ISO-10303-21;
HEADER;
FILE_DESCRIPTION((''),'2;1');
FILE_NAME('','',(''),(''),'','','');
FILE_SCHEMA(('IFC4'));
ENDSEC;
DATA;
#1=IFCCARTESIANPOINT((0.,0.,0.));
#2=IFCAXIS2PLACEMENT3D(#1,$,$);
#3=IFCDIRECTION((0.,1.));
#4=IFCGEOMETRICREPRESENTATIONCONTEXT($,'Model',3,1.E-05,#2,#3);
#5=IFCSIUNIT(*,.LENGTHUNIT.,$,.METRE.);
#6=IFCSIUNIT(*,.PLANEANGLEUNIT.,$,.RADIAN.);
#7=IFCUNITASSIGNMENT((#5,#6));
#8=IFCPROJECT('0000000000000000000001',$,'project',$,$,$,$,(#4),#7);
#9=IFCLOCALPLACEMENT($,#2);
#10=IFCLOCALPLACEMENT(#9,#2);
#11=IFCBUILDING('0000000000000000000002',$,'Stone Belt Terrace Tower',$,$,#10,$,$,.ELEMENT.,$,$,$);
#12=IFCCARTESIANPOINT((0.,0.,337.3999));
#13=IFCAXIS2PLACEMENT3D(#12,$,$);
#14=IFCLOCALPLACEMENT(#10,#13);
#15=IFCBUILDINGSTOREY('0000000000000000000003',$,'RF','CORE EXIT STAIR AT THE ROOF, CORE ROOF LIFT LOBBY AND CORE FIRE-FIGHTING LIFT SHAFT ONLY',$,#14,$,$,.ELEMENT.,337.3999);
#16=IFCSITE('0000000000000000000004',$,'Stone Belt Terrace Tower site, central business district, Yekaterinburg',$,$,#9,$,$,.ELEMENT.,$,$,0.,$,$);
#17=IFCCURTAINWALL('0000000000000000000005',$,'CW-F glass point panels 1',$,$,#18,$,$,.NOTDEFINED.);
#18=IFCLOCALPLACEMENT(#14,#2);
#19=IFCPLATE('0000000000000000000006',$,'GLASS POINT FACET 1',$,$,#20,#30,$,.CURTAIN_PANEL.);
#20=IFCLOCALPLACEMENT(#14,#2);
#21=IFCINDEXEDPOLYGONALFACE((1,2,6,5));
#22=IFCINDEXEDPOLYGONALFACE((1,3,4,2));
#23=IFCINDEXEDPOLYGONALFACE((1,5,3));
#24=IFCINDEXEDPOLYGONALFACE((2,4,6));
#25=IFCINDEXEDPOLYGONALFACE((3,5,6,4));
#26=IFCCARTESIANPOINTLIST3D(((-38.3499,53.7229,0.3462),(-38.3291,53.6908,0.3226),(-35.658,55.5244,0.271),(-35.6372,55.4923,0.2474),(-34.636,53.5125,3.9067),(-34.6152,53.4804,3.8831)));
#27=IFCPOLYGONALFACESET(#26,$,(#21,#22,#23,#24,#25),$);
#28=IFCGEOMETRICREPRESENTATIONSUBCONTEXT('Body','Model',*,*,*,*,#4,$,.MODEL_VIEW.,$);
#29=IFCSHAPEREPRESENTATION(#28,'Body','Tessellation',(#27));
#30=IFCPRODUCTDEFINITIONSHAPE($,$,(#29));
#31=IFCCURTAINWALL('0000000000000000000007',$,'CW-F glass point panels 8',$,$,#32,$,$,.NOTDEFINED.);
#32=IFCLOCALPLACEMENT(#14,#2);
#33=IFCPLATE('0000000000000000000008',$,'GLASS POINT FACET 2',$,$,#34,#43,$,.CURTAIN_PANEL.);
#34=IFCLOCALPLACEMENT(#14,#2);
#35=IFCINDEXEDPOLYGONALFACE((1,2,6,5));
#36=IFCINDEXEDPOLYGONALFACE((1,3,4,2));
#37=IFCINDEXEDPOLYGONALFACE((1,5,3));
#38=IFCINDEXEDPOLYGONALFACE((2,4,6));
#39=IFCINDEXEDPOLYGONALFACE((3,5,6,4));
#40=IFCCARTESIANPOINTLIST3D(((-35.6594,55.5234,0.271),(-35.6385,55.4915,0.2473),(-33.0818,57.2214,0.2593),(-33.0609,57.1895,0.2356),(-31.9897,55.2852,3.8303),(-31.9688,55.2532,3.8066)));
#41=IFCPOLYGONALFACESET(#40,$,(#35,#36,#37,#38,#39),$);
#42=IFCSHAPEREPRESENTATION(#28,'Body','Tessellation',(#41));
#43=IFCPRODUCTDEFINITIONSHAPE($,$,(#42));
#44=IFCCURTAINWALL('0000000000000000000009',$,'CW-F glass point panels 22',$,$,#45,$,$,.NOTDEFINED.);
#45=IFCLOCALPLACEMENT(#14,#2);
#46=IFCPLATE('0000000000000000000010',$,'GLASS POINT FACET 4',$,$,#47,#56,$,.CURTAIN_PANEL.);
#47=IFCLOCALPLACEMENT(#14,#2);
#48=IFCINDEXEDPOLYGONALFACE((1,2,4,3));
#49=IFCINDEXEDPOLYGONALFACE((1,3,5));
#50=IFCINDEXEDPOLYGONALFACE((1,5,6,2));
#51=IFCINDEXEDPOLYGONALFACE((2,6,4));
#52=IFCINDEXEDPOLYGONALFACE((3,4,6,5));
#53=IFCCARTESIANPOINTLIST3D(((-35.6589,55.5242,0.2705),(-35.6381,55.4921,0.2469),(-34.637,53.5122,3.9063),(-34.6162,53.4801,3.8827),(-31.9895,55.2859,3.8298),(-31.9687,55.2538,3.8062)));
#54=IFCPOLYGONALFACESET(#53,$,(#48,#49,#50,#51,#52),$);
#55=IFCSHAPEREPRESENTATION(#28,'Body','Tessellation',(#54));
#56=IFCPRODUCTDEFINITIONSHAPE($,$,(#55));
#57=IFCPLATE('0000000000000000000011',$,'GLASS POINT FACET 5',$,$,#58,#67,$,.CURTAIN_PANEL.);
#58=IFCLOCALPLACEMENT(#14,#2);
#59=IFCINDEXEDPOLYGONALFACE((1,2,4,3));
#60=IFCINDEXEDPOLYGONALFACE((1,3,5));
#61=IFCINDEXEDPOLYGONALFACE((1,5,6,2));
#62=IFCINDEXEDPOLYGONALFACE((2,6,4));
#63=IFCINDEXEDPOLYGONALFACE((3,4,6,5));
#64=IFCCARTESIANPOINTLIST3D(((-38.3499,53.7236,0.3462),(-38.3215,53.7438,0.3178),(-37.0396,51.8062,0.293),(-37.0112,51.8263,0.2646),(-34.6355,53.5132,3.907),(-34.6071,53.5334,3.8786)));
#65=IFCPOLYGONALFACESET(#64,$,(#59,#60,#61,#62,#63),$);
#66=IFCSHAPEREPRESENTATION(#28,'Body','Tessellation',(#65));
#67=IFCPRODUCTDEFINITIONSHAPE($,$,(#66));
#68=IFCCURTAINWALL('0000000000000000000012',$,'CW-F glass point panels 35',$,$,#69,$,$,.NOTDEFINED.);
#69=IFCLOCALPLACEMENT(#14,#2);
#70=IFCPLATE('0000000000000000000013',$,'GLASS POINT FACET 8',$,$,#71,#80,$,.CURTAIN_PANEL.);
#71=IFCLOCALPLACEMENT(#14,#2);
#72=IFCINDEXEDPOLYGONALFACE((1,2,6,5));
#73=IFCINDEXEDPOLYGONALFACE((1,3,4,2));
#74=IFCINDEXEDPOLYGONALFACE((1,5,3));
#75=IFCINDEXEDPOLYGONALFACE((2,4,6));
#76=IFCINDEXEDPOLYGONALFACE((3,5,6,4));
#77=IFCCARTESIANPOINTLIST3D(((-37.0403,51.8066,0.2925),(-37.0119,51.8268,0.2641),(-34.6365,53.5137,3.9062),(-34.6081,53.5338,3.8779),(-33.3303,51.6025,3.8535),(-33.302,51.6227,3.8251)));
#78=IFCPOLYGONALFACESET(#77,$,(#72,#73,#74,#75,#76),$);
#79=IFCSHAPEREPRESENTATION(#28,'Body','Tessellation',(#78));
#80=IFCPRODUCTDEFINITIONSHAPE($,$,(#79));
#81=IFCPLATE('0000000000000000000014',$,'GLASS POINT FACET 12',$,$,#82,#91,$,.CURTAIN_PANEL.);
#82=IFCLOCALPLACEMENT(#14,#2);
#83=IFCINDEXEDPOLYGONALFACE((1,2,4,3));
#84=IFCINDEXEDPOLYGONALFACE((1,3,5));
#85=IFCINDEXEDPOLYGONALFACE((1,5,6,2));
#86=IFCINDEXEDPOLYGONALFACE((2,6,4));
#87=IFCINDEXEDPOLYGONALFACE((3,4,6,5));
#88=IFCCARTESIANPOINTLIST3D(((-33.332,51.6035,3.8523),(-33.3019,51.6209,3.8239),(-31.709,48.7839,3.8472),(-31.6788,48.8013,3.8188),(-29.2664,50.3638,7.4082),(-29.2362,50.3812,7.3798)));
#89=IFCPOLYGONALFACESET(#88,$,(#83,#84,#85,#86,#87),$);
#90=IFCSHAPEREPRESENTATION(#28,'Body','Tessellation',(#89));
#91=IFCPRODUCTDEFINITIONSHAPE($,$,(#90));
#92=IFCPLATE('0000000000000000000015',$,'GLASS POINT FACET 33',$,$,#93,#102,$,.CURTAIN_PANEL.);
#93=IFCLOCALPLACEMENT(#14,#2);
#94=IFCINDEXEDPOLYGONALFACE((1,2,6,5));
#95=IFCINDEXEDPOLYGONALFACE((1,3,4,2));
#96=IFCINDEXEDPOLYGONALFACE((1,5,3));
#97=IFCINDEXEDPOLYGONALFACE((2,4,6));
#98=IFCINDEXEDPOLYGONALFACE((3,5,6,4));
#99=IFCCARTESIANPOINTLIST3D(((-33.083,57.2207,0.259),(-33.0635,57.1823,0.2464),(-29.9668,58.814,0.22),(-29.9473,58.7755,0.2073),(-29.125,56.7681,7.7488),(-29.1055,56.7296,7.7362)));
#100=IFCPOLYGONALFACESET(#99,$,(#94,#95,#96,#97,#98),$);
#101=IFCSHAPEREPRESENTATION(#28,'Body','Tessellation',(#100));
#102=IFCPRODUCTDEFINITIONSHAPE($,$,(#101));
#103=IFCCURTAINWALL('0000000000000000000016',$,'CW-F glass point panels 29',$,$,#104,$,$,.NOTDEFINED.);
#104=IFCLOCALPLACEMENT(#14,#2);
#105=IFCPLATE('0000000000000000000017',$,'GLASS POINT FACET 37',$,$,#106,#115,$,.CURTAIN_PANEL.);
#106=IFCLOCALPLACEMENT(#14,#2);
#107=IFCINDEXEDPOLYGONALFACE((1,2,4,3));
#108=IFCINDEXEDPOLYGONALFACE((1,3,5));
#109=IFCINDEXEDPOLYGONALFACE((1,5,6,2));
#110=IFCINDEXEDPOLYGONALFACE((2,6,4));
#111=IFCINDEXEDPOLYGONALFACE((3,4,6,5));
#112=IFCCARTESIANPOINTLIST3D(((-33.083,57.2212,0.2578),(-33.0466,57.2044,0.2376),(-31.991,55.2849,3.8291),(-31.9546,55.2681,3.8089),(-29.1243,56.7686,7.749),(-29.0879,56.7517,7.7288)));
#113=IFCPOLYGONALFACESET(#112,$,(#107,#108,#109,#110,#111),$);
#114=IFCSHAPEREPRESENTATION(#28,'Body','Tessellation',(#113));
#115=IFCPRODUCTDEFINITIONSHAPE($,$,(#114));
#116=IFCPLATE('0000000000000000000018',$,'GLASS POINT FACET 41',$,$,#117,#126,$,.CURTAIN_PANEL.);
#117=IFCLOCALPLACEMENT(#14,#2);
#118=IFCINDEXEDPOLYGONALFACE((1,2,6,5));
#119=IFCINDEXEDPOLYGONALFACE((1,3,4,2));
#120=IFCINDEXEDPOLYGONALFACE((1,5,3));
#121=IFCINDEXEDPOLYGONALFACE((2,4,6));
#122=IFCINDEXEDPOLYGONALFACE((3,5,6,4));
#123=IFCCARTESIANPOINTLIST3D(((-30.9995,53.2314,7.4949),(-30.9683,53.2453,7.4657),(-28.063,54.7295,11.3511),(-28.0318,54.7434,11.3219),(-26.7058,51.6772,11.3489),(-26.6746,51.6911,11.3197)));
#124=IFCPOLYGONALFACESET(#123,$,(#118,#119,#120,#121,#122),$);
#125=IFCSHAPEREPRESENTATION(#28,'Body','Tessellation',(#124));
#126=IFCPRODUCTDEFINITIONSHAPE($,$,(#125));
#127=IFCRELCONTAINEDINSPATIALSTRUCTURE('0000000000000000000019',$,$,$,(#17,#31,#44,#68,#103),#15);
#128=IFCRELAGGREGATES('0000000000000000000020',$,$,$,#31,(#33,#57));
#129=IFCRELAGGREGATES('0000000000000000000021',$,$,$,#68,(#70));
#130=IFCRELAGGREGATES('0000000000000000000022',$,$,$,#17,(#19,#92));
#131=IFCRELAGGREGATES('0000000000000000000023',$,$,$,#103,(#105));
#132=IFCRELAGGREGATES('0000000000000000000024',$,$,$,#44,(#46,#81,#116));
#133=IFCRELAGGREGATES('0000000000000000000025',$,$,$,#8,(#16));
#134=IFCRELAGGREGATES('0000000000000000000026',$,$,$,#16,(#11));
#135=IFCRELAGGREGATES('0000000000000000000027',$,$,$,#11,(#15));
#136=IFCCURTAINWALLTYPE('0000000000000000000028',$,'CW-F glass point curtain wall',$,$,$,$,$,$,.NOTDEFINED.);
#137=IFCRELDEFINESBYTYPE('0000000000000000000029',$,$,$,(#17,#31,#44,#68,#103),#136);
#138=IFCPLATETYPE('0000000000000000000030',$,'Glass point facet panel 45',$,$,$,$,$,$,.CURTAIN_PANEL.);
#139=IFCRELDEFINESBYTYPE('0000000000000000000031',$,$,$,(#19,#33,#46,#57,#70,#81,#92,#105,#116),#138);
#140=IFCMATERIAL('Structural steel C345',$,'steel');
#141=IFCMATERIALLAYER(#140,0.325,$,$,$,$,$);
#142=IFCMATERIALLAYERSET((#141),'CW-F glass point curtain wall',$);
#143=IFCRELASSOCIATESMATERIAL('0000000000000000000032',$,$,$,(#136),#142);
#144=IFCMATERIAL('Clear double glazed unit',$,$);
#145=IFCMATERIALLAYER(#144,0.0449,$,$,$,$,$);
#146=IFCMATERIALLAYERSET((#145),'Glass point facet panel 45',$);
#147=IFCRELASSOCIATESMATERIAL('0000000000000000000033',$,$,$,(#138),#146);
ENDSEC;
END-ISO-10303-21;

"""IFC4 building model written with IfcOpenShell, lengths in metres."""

from ifc_helpers import new_model, si_unit, direction, frame, origin, place, context, subcontext, project, spatial, polyline, outline, extrude, material, layer, layer_set, type_object, element, aggregate, save


model = new_model("IFC4")

# Units and contexts
model_context = context("Model", 3, precision=1e-05, world=origin(), true_north=direction((0.0, 1.0)))
body_context = subcontext(model_context, "Body", "Model", "MODEL_VIEW")
ifc_project = project(units=[si_unit("LENGTHUNIT", "METRE"), si_unit("PLANEANGLEUNIT", "RADIAN")], contexts=[model_context])

# Site, building, storey
site_placement = place(None, origin())
site = spatial("IfcSite", under=ifc_project, at=site_placement, Name="Stone Belt Terrace Tower site, central business district, Yekaterinburg", CompositionType="ELEMENT", RefElevation=0.0)
building_placement = place(site_placement, origin())
building = spatial("IfcBuilding", under=site, at=building_placement, Name="Stone Belt Terrace Tower", CompositionType="ELEMENT")
storey_placement = place(building_placement, frame((0.0, 0.0, 337.3999)))
storey = spatial("IfcBuildingStorey", under=building, at=storey_placement, Name="RF", Description="CORE EXIT STAIR AT THE ROOF, CORE ROOF LIFT LOBBY AND CORE FIRE-FIGHTING LIFT SHAFT ONLY", CompositionType="ELEMENT", Elevation=337.3999)

# Shared definitions
ifc_material_1 = material(Name="Structural steel C345", Category="steel")

# Curtain walls, plates
ifc_layer_1 = layer(ifc_material_1, 0.325)
ifc_layer_set_1 = layer_set([ifc_layer_1], Name="CW-F glass point curtain wall")
curtain_wall_type = type_object("IfcCurtainWallType", Name="CW-F glass point curtain wall", PredefinedType="NOTDEFINED", material=ifc_layer_set_1)
curtain_wall_1_placement = place(storey_placement, origin())
curtain_wall_1 = element("IfcCurtainWall", 1, at=curtain_wall_1_placement, inside=storey, type_object=curtain_wall_type, Name="CW-F glass point panels 1", PredefinedType="NOTDEFINED")
ifc_material_2 = material(Name="Clear double glazed unit")
ifc_layer_2 = layer(ifc_material_2, 0.0449)
ifc_layer_set_2 = layer_set([ifc_layer_2], Name="Glass point facet panel 45")
plate_type = type_object("IfcPlateType", Name="Glass point facet panel 45", PredefinedType="CURTAIN_PANEL", material=ifc_layer_set_2)
plate_1_placement = place(storey_placement, frame((-38.3499, 53.7229, 0.3462), z_axis=(-0.4631, 0.713907, 0.525238), x_axis=(0.830839, 0.556028, -0.023209)))
plate_1 = element("IfcPlate", 2, at=plate_1_placement, type_object=plate_type, Name="GLASS POINT FACET 1", PredefinedType="CURTAIN_PANEL", context=body_context, shape_type="SweptSolid", body=[
    extrude(outline(polyline([(0.0, 0.0), (3.24, 0.0), (2.886, -4.2645), (0.0, 0.0)])), origin(), (0.0, 0.0, -1.0), 0.0449),
])
curtain_wall_2_placement = place(storey_placement, origin())
curtain_wall_2 = element("IfcCurtainWall", 3, at=curtain_wall_2_placement, inside=storey, type_object=curtain_wall_type, Name="CW-F glass point panels 8", PredefinedType="NOTDEFINED")
plate_2_placement = place(storey_placement, frame((-33.0818, 57.2214, 0.2593), z_axis=(-0.46563, 0.710489, 0.527631), x_axis=(0.259612, -0.460314, 0.848948)))
plate_2 = element("IfcPlate", 4, at=plate_2_placement, type_object=plate_type, Name="GLASS POINT FACET 2", PredefinedType="CURTAIN_PANEL", context=body_context, shape_type="SweptSolid", body=[
    extrude(outline(polyline([(0.0, 0.0), (4.2064, 0.0), (0.1224, -3.0842), (0.0, 0.0)])), origin(), (0.0, 0.0, -1.0), 0.0449),
])
curtain_wall_3_placement = place(storey_placement, origin())
curtain_wall_3 = element("IfcCurtainWall", 5, at=curtain_wall_3_placement, inside=storey, type_object=curtain_wall_type, Name="CW-F glass point panels 22", PredefinedType="NOTDEFINED")
plate_3_placement = place(storey_placement, frame((-35.6589, 55.5242, 0.2705), z_axis=(-0.463118, 0.713896, 0.525237), x_axis=(0.717016, -0.046561, 0.6955)))
plate_3 = element("IfcPlate", 6, at=plate_3_placement, type_object=plate_type, Name="GLASS POINT FACET 4", PredefinedType="CURTAIN_PANEL", context=body_context, shape_type="SweptSolid", body=[
    extrude(outline(polyline([(0.0, 0.0), (5.1176, 0.0), (3.3551, -2.656), (0.0, 0.0)])), origin(), (0.0, 0.0, -1.0), 0.0449),
])

# Plate
plate_4_placement = place(storey_placement, frame((-38.3499, 53.7236, 0.3462), z_axis=(-0.631458, -0.449051, 0.632151), x_axis=(0.721269, -0.040866, 0.691449)))
plate_4 = element("IfcPlate", 7, at=plate_4_placement, type_object=plate_type, Name="GLASS POINT FACET 5", PredefinedType="CURTAIN_PANEL", context=body_context, shape_type="SweptSolid", body=[
    extrude(outline(polyline([(0.0, 0.0), (5.1498, 0.0), (0.9866, -2.1031), (0.0, 0.0)])), origin(), (0.0, 0.0, -1.0), 0.0449),
])
aggregate(curtain_wall_2, [plate_2, plate_4])

# Curtain wall, plate
curtain_wall_4_placement = place(storey_placement, origin())
curtain_wall_4 = element("IfcCurtainWall", 8, at=curtain_wall_4_placement, inside=storey, type_object=curtain_wall_type, Name="CW-F glass point panels 35", PredefinedType="NOTDEFINED")
plate_5_placement = place(storey_placement, frame((-34.6365, 53.5137, 3.9062), z_axis=(-0.631478, -0.449023, 0.632151), x_axis=(0.564106, -0.825388, -0.022775)))
plate_5 = element("IfcPlate", 9, at=plate_5_placement, type_object=plate_type, Name="GLASS POINT FACET 8", PredefinedType="CURTAIN_PANEL", context=body_context, shape_type="SweptSolid", body=[
    extrude(outline(polyline([(0.0, 0.0), (2.3154, 0.0), (0.1353, -4.6619), (0.0, 0.0)])), origin(), (0.0, 0.0, -1.0), 0.0449),
])
aggregate(curtain_wall_4, [plate_5])

# Plates
plate_6_placement = place(storey_placement, frame((-33.332, 51.6035, 3.8523), z_axis=(-0.671032, -0.387418, 0.632158), x_axis=(0.733642, -0.22371, 0.641656)))
plate_6 = element("IfcPlate", 10, at=plate_6_placement, type_object=plate_type, Name="GLASS POINT FACET 12", PredefinedType="CURTAIN_PANEL", context=body_context, shape_type="SweptSolid", body=[
    extrude(outline(polyline([(0.0, 0.0), (5.5418, 0.0), (1.8182, -2.6979), (0.0, 0.0)])), origin(), (0.0, 0.0, -1.0), 0.0449),
])
plate_7_placement = place(storey_placement, frame((-33.083, 57.2207, 0.259), z_axis=(-0.434078, 0.855891, 0.281116), x_axis=(0.890318, 0.455203, -0.01116)))
plate_7 = element("IfcPlate", 11, at=plate_7_placement, type_object=plate_type, Name="GLASS POINT FACET 33", PredefinedType="CURTAIN_PANEL", context=body_context, shape_type="SweptSolid", body=[
    extrude(outline(polyline([(0.0, 0.0), (3.5001, 0.0), (3.2343, -7.8426), (0.0, 0.0)])), origin(), (0.0, 0.0, -1.0), 0.0449),
])
aggregate(curtain_wall_1, [plate_1, plate_7])

# Curtain wall, plate
curtain_wall_5_placement = place(storey_placement, origin())
curtain_wall_5 = element("IfcCurtainWall", 12, at=curtain_wall_5_placement, inside=storey, type_object=curtain_wall_type, Name="CW-F glass point panels 29", PredefinedType="NOTDEFINED")
plate_8_placement = place(storey_placement, frame((-33.083, 57.2212, 0.2578), z_axis=(-0.810259, 0.374501, 0.45081), x_axis=(0.466559, -0.053346, 0.88288)))
plate_8 = element("IfcPlate", 13, at=plate_8_placement, type_object=plate_type, Name="GLASS POINT FACET 37", PredefinedType="CURTAIN_PANEL", context=body_context, shape_type="SweptSolid", body=[
    extrude(outline(polyline([(0.0, 0.0), (8.485, 0.0), (3.7658, -1.8747), (0.0, 0.0)])), origin(), (0.0, 0.0, -1.0), 0.0449),
])
aggregate(curtain_wall_5, [plate_8])

# Plate
plate_9_placement = place(storey_placement, frame((-30.9995, 53.2314, 7.4949), z_axis=(-0.694778, -0.3094, 0.649273), x_axis=(0.578828, 0.295285, 0.760109)))
plate_9 = element("IfcPlate", 14, at=plate_9_placement, type_object=plate_type, Name="GLASS POINT FACET 41", PredefinedType="CURTAIN_PANEL", context=body_context, shape_type="SweptSolid", body=[
    extrude(outline(polyline([(0.0, 0.0), (5.0732, 0.0), (4.9558, -3.3383), (0.0, 0.0)])), origin(), (0.0, 0.0, -1.0), 0.0449),
])
aggregate(curtain_wall_3, [plate_3, plate_6, plate_9])

save(model, "model.ifc")
